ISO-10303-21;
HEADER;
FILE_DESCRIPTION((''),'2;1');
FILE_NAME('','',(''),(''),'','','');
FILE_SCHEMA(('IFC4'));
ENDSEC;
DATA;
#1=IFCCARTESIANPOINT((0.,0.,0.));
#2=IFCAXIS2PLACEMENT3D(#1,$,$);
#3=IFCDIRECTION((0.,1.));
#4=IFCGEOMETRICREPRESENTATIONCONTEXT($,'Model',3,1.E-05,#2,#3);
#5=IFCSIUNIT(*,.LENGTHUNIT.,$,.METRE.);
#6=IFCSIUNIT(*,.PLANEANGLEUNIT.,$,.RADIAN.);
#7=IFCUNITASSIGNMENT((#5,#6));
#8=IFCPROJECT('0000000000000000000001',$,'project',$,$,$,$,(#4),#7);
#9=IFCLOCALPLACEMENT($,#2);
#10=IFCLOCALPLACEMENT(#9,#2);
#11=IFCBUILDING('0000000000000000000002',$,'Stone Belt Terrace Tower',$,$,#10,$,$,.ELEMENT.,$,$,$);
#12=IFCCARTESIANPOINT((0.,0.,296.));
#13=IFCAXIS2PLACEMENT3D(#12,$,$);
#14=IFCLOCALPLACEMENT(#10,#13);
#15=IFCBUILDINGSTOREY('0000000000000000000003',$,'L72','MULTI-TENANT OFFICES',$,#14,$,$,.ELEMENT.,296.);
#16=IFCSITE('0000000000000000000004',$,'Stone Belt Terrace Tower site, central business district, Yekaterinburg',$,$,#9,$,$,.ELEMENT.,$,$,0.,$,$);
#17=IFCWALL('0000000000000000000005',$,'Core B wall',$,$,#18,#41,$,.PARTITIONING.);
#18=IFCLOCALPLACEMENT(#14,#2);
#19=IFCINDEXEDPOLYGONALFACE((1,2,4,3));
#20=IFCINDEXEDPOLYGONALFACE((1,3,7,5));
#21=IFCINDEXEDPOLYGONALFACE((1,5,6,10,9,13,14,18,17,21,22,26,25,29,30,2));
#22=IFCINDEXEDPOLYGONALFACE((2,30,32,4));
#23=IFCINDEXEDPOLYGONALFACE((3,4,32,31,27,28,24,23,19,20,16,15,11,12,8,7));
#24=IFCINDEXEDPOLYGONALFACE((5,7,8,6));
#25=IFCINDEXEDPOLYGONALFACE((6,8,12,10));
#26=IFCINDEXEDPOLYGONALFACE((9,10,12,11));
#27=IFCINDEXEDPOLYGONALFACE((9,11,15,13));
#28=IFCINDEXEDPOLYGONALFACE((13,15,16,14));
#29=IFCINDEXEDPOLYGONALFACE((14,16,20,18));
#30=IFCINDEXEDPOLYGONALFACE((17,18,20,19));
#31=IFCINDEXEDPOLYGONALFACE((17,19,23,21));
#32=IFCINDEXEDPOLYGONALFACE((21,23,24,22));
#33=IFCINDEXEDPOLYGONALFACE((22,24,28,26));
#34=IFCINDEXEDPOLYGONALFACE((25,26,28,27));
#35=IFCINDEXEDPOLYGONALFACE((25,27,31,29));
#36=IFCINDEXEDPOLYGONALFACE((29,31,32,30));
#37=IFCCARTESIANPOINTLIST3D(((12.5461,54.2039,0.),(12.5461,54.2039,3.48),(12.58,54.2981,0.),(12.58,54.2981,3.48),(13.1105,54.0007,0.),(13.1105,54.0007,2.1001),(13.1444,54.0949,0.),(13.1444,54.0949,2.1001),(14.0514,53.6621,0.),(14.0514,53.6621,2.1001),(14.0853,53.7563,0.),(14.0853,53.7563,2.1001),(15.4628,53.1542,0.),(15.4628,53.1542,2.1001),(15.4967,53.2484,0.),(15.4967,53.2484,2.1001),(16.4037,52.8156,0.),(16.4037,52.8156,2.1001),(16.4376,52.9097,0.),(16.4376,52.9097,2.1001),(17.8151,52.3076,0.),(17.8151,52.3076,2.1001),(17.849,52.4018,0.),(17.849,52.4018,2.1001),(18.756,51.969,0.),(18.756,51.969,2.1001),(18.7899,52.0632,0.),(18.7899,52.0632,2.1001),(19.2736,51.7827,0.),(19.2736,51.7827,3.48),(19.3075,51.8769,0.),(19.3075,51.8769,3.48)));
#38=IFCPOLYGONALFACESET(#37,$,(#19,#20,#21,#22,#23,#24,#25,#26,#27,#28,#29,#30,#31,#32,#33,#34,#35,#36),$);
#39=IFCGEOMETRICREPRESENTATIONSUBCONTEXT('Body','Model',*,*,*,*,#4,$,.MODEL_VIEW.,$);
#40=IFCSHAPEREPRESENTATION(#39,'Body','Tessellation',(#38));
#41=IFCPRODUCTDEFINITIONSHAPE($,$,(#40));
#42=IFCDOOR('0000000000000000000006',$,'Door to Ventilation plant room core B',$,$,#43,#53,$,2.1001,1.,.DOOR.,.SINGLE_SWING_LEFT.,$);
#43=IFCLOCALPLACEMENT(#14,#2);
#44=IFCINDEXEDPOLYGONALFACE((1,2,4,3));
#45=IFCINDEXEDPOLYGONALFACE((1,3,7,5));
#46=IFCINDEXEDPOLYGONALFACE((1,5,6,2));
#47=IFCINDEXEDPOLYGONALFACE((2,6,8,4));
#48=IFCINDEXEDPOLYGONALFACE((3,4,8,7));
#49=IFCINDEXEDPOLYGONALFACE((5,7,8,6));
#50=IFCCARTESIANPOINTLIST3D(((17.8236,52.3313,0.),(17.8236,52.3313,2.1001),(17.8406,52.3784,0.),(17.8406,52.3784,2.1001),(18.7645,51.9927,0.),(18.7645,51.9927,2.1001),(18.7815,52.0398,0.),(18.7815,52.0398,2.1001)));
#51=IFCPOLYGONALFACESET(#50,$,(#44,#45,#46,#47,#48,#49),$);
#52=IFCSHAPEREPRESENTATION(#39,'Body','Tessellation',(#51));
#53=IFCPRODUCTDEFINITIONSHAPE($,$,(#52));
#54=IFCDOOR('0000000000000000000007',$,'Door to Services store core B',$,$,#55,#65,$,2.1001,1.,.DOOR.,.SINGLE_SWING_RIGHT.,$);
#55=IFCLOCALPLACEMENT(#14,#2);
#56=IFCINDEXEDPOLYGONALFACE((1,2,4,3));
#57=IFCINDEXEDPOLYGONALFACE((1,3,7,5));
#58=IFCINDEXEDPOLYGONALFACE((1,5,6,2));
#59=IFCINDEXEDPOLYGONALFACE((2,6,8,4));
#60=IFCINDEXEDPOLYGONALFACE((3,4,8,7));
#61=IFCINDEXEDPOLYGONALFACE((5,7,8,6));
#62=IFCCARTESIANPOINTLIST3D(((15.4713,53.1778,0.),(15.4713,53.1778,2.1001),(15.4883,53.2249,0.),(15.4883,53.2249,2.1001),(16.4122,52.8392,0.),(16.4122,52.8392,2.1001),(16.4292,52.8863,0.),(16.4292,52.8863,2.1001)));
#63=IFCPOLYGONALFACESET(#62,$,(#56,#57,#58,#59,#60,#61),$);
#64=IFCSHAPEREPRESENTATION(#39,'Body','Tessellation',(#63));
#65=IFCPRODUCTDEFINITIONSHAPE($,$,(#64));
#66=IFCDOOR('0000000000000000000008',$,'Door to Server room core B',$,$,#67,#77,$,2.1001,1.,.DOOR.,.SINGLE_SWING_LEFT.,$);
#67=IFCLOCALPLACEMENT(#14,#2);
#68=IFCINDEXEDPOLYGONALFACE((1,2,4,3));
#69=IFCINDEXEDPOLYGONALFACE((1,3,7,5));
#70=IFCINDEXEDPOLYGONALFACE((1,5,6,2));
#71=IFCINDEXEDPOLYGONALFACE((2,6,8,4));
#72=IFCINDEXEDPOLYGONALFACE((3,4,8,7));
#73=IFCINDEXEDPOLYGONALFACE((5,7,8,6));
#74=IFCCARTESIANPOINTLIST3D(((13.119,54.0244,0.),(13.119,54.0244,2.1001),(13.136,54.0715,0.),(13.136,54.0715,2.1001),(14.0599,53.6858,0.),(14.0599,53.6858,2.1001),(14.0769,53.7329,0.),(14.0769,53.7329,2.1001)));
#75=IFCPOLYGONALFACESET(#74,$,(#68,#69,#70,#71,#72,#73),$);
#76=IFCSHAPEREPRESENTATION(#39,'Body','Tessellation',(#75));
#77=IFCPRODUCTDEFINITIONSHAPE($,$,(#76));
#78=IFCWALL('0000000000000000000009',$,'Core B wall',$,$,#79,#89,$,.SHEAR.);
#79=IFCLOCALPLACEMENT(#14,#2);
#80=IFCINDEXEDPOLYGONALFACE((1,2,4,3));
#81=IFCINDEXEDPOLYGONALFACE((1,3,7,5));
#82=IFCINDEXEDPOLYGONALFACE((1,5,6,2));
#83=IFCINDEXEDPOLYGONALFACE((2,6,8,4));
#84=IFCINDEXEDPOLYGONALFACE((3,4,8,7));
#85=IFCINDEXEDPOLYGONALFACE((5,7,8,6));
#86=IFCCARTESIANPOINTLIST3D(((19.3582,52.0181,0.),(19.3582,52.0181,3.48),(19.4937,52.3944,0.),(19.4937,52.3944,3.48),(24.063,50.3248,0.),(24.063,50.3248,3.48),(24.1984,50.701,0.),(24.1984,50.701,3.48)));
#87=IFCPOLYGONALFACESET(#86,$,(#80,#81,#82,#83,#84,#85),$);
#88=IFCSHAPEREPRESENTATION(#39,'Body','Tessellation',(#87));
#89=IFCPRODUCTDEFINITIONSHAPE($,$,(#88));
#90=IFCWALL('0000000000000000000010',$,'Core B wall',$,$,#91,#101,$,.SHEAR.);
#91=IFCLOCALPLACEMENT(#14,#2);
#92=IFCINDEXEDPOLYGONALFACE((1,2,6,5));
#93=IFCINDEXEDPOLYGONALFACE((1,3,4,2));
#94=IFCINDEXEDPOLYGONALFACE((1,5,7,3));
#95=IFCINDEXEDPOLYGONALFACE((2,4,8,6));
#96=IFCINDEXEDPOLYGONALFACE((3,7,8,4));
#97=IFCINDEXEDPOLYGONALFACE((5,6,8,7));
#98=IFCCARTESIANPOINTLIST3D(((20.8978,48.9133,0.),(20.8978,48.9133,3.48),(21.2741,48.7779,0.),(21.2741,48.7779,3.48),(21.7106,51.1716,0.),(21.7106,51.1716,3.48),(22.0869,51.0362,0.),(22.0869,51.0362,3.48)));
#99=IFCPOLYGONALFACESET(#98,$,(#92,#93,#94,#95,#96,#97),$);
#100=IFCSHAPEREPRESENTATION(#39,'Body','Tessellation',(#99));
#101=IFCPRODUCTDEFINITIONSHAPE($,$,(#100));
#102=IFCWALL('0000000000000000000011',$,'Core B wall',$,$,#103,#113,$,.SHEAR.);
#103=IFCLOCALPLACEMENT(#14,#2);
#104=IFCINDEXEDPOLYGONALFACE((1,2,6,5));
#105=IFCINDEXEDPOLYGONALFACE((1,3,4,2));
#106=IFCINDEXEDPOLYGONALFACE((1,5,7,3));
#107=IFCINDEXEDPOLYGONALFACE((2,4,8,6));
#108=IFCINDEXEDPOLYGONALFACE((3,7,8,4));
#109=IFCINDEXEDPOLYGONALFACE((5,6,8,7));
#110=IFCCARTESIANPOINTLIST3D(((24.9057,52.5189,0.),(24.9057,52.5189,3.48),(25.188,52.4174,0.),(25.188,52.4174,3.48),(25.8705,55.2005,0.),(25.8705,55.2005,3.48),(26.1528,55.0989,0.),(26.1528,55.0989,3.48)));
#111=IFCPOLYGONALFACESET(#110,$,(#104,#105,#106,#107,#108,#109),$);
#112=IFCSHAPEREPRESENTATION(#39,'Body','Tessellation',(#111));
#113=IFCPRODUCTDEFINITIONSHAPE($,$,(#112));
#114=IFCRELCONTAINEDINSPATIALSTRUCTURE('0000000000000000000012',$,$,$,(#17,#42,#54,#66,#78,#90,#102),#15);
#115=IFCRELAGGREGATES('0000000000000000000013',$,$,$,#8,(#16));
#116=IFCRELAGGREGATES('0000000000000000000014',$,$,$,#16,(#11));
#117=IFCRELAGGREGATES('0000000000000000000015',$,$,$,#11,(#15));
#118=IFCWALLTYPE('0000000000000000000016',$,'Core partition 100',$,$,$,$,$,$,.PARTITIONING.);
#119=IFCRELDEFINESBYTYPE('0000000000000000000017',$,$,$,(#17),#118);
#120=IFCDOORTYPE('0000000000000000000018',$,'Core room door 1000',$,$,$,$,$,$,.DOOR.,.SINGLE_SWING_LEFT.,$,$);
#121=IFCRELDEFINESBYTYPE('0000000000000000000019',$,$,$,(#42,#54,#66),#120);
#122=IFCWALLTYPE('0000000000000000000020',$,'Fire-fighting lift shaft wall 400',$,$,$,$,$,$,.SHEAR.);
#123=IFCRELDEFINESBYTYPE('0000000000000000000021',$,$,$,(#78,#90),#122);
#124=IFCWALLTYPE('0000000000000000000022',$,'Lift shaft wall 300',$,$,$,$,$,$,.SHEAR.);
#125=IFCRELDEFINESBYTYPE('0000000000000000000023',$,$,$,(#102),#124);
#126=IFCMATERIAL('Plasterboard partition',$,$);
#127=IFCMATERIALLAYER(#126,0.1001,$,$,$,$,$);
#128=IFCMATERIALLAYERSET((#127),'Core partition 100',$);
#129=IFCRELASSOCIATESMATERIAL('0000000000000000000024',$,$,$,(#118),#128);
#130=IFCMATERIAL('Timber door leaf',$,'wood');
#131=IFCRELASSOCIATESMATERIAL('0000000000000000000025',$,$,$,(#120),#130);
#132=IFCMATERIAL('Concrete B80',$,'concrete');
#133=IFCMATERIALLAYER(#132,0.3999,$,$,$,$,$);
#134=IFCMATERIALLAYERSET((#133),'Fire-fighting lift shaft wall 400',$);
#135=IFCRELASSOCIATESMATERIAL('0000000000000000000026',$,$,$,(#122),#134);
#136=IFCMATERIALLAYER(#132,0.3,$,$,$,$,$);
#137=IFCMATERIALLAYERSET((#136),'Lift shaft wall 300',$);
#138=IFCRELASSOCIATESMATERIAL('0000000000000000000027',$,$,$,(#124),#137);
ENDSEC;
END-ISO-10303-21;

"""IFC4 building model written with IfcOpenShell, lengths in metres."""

from ifc_helpers import new_model, si_unit, direction, frame, frame_2d, origin, place, context, subcontext, project, spatial, rectangle, extrude, material, layer, layer_set, type_object, element, fill, save


model = new_model("IFC4")

# Units and contexts
model_context = context("Model", 3, precision=1e-05, world=origin(), true_north=direction((0.0, 1.0)))
body_context = subcontext(model_context, "Body", "Model", "MODEL_VIEW")
ifc_project = project(units=[si_unit("LENGTHUNIT", "METRE"), si_unit("PLANEANGLEUNIT", "RADIAN")], contexts=[model_context])

# Site, building, storey
site_placement = place(None, origin())
site = spatial("IfcSite", under=ifc_project, at=site_placement, Name="Stone Belt Terrace Tower site, central business district, Yekaterinburg", CompositionType="ELEMENT", RefElevation=0.0)
building_placement = place(site_placement, origin())
building = spatial("IfcBuilding", under=site, at=building_placement, Name="Stone Belt Terrace Tower", CompositionType="ELEMENT")
storey_placement = place(building_placement, frame((0.0, 0.0, 296.0)))
storey = spatial("IfcBuildingStorey", under=building, at=storey_placement, Name="L72", Description="MULTI-TENANT OFFICES", CompositionType="ELEMENT", Elevation=296.0)

# Shared definitions
ifc_material_1 = material(Name="Plasterboard partition")
ifc_layer_1 = layer(ifc_material_1, 0.1001)
ifc_layer_set_1 = layer_set([ifc_layer_1], Name="Core partition 100")
wall_type_1 = type_object("IfcWallType", Name="Core partition 100", PredefinedType="PARTITIONING", material=ifc_layer_set_1)
ifc_material_2 = material(Name="Timber door leaf", Category="wood")
door_type_1 = type_object("IfcDoorType", Name="Core room door 1000", OperationType="SINGLE_SWING_LEFT", PredefinedType="DOOR", material=ifc_material_2)

# Wall, openings, doors
wall_1_placement = place(storey_placement, frame((19.2905, 51.8298, 0.0), z_axis=(0.0, 0.0, 1.0), x_axis=(-0.940922, 0.338624, 0.0)))
wall_1 = element("IfcWall", 1, at=wall_1_placement, inside=storey, type_object=wall_type_1, Name="Core B wall", PredefinedType="PARTITIONING", context=body_context, shape_type="SweptSolid", body=[
    extrude(rectangle(XDim=7.1499, YDim=0.1001, at=frame_2d((3.575, 0.0))), origin(), (0.0, 0.0, 1.0), 3.48),
])
opening_1_placement = place(wall_1_placement, frame((0.55, 0.0, 0.0)))
opening_1 = element("IfcOpeningElement", 2, at=opening_1_placement, cuts=wall_1, PredefinedType="OPENING", context=body_context, shape_type="SweptSolid", body=[
    extrude(rectangle(XDim=1.0, YDim=2.1001, at=frame_2d((0.5, 1.05))), frame((0.0, 0.0601, 0.0), z_axis=(0.0, -1.0, 0.0), x_axis=(1.0, 0.0, 0.0)), (0.0, 0.0, 1.0), 0.1201),
])
opening_2_placement = place(wall_1_placement, frame((3.05, 0.0, 0.0)))
opening_2 = element("IfcOpeningElement", 3, at=opening_2_placement, cuts=wall_1, PredefinedType="OPENING", context=body_context, shape_type="SweptSolid", body=[
    extrude(rectangle(XDim=1.0, YDim=2.1001, at=frame_2d((0.5, 1.05))), frame((0.0, 0.0601, 0.0), z_axis=(0.0, -1.0, 0.0), x_axis=(1.0, 0.0, 0.0)), (0.0, 0.0, 1.0), 0.1201),
])
opening_3_placement = place(wall_1_placement, frame((5.55, 0.0, 0.0)))
opening_3 = element("IfcOpeningElement", 4, at=opening_3_placement, cuts=wall_1, PredefinedType="OPENING", context=body_context, shape_type="SweptSolid", body=[
    extrude(rectangle(XDim=1.0, YDim=2.1001, at=frame_2d((0.5, 1.05))), frame((0.0, 0.0601, 0.0), z_axis=(0.0, -1.0, 0.0), x_axis=(1.0, 0.0, 0.0)), (0.0, 0.0, 1.0), 0.1201),
])
door_1_placement = place(opening_1_placement, origin())
door_1 = element("IfcDoor", 5, at=door_1_placement, inside=storey, type_object=door_type_1, Name="Door to Ventilation plant room core B", OperationType="SINGLE_SWING_LEFT", OverallHeight=2.1001, OverallWidth=1.0, PredefinedType="DOOR", context=body_context, shape_type="SweptSolid", body=[
    extrude(rectangle(XDim=1.0, YDim=2.1001, at=frame_2d((0.5, 1.05))), frame((0.0, 0.0249, 0.0), z_axis=(0.0, -1.0, 0.0), x_axis=(1.0, 0.0, 0.0)), (0.0, 0.0, 1.0), 0.05),
])
fill(opening_1, door_1)
door_2_placement = place(opening_2_placement, origin())
door_2 = element("IfcDoor", 6, at=door_2_placement, inside=storey, type_object=door_type_1, Name="Door to Services store core B", OperationType="SINGLE_SWING_RIGHT", OverallHeight=2.1001, OverallWidth=1.0, PredefinedType="DOOR", context=body_context, shape_type="SweptSolid", body=[
    extrude(rectangle(XDim=1.0, YDim=2.1001, at=frame_2d((0.5, 1.05))), frame((0.0, 0.0249, 0.0), z_axis=(0.0, -1.0, 0.0), x_axis=(1.0, 0.0, 0.0)), (0.0, 0.0, 1.0), 0.05),
])
fill(opening_2, door_2)
door_3_placement = place(opening_3_placement, origin())
door_3 = element("IfcDoor", 7, at=door_3_placement, inside=storey, type_object=door_type_1, Name="Door to Server room core B", OperationType="SINGLE_SWING_LEFT", OverallHeight=2.1001, OverallWidth=1.0, PredefinedType="DOOR", context=body_context, shape_type="SweptSolid", body=[
    extrude(rectangle(XDim=1.0, YDim=2.1001, at=frame_2d((0.5, 1.05))), frame((0.0, 0.0249, 0.0), z_axis=(0.0, -1.0, 0.0), x_axis=(1.0, 0.0, 0.0)), (0.0, 0.0, 1.0), 0.05),
])
fill(opening_3, door_3)

# Walls
ifc_material_3 = material(Name="Concrete B80", Category="concrete")
ifc_layer_2 = layer(ifc_material_3, 0.3999)
ifc_layer_set_2 = layer_set([ifc_layer_2], Name="Fire-fighting lift shaft wall 400")
wall_type_2 = type_object("IfcWallType", Name="Fire-fighting lift shaft wall 400", PredefinedType="SHEAR", material=ifc_layer_set_2)
wall_2_placement = place(storey_placement, frame((24.1306, 50.5129, 0.0), z_axis=(0.0, 0.0, 1.0), x_axis=(-0.940912, 0.338652, 0.0)))
element("IfcWall", 8, at=wall_2_placement, inside=storey, type_object=wall_type_2, Name="Core B wall", PredefinedType="SHEAR", context=body_context, shape_type="SweptSolid", body=[
    extrude(rectangle(XDim=5.0002, YDim=0.3999, at=frame_2d((2.5, 0.0))), origin(), (0.0, 0.0, 1.0), 3.48),
])
wall_3_placement = place(storey_placement, frame((21.0859, 48.8455, 0.0), z_axis=(0.0, 0.0, 1.0), x_axis=(0.338629, 0.94092, 0.0)))
element("IfcWall", 9, at=wall_3_placement, inside=storey, type_object=wall_type_2, Name="Core B wall", PredefinedType="SHEAR", context=body_context, shape_type="SweptSolid", body=[
    extrude(rectangle(XDim=2.4001, YDim=0.3999, at=frame_2d((1.2002, 0.0))), origin(), (0.0, 0.0, 1.0), 3.48),
])
ifc_layer_3 = layer(ifc_material_3, 0.3)
ifc_layer_set_3 = layer_set([ifc_layer_3], Name="Lift shaft wall 300")
wall_type_3 = type_object("IfcWallType", Name="Lift shaft wall 300", PredefinedType="SHEAR", material=ifc_layer_set_3)
wall_4_placement = place(storey_placement, frame((25.0469, 52.4683, 0.0), z_axis=(0.0, 0.0, 1.0), x_axis=(0.33855, 0.940949, 0.0)))
element("IfcWall", 10, at=wall_4_placement, inside=storey, type_object=wall_type_3, Name="Core B wall", PredefinedType="SHEAR", context=body_context, shape_type="SweptSolid", body=[
    extrude(rectangle(XDim=2.8499, YDim=0.3, at=frame_2d((1.4248, 0.0))), origin(), (0.0, 0.0, 1.0), 3.48),
])

save(model, "model.ifc")
